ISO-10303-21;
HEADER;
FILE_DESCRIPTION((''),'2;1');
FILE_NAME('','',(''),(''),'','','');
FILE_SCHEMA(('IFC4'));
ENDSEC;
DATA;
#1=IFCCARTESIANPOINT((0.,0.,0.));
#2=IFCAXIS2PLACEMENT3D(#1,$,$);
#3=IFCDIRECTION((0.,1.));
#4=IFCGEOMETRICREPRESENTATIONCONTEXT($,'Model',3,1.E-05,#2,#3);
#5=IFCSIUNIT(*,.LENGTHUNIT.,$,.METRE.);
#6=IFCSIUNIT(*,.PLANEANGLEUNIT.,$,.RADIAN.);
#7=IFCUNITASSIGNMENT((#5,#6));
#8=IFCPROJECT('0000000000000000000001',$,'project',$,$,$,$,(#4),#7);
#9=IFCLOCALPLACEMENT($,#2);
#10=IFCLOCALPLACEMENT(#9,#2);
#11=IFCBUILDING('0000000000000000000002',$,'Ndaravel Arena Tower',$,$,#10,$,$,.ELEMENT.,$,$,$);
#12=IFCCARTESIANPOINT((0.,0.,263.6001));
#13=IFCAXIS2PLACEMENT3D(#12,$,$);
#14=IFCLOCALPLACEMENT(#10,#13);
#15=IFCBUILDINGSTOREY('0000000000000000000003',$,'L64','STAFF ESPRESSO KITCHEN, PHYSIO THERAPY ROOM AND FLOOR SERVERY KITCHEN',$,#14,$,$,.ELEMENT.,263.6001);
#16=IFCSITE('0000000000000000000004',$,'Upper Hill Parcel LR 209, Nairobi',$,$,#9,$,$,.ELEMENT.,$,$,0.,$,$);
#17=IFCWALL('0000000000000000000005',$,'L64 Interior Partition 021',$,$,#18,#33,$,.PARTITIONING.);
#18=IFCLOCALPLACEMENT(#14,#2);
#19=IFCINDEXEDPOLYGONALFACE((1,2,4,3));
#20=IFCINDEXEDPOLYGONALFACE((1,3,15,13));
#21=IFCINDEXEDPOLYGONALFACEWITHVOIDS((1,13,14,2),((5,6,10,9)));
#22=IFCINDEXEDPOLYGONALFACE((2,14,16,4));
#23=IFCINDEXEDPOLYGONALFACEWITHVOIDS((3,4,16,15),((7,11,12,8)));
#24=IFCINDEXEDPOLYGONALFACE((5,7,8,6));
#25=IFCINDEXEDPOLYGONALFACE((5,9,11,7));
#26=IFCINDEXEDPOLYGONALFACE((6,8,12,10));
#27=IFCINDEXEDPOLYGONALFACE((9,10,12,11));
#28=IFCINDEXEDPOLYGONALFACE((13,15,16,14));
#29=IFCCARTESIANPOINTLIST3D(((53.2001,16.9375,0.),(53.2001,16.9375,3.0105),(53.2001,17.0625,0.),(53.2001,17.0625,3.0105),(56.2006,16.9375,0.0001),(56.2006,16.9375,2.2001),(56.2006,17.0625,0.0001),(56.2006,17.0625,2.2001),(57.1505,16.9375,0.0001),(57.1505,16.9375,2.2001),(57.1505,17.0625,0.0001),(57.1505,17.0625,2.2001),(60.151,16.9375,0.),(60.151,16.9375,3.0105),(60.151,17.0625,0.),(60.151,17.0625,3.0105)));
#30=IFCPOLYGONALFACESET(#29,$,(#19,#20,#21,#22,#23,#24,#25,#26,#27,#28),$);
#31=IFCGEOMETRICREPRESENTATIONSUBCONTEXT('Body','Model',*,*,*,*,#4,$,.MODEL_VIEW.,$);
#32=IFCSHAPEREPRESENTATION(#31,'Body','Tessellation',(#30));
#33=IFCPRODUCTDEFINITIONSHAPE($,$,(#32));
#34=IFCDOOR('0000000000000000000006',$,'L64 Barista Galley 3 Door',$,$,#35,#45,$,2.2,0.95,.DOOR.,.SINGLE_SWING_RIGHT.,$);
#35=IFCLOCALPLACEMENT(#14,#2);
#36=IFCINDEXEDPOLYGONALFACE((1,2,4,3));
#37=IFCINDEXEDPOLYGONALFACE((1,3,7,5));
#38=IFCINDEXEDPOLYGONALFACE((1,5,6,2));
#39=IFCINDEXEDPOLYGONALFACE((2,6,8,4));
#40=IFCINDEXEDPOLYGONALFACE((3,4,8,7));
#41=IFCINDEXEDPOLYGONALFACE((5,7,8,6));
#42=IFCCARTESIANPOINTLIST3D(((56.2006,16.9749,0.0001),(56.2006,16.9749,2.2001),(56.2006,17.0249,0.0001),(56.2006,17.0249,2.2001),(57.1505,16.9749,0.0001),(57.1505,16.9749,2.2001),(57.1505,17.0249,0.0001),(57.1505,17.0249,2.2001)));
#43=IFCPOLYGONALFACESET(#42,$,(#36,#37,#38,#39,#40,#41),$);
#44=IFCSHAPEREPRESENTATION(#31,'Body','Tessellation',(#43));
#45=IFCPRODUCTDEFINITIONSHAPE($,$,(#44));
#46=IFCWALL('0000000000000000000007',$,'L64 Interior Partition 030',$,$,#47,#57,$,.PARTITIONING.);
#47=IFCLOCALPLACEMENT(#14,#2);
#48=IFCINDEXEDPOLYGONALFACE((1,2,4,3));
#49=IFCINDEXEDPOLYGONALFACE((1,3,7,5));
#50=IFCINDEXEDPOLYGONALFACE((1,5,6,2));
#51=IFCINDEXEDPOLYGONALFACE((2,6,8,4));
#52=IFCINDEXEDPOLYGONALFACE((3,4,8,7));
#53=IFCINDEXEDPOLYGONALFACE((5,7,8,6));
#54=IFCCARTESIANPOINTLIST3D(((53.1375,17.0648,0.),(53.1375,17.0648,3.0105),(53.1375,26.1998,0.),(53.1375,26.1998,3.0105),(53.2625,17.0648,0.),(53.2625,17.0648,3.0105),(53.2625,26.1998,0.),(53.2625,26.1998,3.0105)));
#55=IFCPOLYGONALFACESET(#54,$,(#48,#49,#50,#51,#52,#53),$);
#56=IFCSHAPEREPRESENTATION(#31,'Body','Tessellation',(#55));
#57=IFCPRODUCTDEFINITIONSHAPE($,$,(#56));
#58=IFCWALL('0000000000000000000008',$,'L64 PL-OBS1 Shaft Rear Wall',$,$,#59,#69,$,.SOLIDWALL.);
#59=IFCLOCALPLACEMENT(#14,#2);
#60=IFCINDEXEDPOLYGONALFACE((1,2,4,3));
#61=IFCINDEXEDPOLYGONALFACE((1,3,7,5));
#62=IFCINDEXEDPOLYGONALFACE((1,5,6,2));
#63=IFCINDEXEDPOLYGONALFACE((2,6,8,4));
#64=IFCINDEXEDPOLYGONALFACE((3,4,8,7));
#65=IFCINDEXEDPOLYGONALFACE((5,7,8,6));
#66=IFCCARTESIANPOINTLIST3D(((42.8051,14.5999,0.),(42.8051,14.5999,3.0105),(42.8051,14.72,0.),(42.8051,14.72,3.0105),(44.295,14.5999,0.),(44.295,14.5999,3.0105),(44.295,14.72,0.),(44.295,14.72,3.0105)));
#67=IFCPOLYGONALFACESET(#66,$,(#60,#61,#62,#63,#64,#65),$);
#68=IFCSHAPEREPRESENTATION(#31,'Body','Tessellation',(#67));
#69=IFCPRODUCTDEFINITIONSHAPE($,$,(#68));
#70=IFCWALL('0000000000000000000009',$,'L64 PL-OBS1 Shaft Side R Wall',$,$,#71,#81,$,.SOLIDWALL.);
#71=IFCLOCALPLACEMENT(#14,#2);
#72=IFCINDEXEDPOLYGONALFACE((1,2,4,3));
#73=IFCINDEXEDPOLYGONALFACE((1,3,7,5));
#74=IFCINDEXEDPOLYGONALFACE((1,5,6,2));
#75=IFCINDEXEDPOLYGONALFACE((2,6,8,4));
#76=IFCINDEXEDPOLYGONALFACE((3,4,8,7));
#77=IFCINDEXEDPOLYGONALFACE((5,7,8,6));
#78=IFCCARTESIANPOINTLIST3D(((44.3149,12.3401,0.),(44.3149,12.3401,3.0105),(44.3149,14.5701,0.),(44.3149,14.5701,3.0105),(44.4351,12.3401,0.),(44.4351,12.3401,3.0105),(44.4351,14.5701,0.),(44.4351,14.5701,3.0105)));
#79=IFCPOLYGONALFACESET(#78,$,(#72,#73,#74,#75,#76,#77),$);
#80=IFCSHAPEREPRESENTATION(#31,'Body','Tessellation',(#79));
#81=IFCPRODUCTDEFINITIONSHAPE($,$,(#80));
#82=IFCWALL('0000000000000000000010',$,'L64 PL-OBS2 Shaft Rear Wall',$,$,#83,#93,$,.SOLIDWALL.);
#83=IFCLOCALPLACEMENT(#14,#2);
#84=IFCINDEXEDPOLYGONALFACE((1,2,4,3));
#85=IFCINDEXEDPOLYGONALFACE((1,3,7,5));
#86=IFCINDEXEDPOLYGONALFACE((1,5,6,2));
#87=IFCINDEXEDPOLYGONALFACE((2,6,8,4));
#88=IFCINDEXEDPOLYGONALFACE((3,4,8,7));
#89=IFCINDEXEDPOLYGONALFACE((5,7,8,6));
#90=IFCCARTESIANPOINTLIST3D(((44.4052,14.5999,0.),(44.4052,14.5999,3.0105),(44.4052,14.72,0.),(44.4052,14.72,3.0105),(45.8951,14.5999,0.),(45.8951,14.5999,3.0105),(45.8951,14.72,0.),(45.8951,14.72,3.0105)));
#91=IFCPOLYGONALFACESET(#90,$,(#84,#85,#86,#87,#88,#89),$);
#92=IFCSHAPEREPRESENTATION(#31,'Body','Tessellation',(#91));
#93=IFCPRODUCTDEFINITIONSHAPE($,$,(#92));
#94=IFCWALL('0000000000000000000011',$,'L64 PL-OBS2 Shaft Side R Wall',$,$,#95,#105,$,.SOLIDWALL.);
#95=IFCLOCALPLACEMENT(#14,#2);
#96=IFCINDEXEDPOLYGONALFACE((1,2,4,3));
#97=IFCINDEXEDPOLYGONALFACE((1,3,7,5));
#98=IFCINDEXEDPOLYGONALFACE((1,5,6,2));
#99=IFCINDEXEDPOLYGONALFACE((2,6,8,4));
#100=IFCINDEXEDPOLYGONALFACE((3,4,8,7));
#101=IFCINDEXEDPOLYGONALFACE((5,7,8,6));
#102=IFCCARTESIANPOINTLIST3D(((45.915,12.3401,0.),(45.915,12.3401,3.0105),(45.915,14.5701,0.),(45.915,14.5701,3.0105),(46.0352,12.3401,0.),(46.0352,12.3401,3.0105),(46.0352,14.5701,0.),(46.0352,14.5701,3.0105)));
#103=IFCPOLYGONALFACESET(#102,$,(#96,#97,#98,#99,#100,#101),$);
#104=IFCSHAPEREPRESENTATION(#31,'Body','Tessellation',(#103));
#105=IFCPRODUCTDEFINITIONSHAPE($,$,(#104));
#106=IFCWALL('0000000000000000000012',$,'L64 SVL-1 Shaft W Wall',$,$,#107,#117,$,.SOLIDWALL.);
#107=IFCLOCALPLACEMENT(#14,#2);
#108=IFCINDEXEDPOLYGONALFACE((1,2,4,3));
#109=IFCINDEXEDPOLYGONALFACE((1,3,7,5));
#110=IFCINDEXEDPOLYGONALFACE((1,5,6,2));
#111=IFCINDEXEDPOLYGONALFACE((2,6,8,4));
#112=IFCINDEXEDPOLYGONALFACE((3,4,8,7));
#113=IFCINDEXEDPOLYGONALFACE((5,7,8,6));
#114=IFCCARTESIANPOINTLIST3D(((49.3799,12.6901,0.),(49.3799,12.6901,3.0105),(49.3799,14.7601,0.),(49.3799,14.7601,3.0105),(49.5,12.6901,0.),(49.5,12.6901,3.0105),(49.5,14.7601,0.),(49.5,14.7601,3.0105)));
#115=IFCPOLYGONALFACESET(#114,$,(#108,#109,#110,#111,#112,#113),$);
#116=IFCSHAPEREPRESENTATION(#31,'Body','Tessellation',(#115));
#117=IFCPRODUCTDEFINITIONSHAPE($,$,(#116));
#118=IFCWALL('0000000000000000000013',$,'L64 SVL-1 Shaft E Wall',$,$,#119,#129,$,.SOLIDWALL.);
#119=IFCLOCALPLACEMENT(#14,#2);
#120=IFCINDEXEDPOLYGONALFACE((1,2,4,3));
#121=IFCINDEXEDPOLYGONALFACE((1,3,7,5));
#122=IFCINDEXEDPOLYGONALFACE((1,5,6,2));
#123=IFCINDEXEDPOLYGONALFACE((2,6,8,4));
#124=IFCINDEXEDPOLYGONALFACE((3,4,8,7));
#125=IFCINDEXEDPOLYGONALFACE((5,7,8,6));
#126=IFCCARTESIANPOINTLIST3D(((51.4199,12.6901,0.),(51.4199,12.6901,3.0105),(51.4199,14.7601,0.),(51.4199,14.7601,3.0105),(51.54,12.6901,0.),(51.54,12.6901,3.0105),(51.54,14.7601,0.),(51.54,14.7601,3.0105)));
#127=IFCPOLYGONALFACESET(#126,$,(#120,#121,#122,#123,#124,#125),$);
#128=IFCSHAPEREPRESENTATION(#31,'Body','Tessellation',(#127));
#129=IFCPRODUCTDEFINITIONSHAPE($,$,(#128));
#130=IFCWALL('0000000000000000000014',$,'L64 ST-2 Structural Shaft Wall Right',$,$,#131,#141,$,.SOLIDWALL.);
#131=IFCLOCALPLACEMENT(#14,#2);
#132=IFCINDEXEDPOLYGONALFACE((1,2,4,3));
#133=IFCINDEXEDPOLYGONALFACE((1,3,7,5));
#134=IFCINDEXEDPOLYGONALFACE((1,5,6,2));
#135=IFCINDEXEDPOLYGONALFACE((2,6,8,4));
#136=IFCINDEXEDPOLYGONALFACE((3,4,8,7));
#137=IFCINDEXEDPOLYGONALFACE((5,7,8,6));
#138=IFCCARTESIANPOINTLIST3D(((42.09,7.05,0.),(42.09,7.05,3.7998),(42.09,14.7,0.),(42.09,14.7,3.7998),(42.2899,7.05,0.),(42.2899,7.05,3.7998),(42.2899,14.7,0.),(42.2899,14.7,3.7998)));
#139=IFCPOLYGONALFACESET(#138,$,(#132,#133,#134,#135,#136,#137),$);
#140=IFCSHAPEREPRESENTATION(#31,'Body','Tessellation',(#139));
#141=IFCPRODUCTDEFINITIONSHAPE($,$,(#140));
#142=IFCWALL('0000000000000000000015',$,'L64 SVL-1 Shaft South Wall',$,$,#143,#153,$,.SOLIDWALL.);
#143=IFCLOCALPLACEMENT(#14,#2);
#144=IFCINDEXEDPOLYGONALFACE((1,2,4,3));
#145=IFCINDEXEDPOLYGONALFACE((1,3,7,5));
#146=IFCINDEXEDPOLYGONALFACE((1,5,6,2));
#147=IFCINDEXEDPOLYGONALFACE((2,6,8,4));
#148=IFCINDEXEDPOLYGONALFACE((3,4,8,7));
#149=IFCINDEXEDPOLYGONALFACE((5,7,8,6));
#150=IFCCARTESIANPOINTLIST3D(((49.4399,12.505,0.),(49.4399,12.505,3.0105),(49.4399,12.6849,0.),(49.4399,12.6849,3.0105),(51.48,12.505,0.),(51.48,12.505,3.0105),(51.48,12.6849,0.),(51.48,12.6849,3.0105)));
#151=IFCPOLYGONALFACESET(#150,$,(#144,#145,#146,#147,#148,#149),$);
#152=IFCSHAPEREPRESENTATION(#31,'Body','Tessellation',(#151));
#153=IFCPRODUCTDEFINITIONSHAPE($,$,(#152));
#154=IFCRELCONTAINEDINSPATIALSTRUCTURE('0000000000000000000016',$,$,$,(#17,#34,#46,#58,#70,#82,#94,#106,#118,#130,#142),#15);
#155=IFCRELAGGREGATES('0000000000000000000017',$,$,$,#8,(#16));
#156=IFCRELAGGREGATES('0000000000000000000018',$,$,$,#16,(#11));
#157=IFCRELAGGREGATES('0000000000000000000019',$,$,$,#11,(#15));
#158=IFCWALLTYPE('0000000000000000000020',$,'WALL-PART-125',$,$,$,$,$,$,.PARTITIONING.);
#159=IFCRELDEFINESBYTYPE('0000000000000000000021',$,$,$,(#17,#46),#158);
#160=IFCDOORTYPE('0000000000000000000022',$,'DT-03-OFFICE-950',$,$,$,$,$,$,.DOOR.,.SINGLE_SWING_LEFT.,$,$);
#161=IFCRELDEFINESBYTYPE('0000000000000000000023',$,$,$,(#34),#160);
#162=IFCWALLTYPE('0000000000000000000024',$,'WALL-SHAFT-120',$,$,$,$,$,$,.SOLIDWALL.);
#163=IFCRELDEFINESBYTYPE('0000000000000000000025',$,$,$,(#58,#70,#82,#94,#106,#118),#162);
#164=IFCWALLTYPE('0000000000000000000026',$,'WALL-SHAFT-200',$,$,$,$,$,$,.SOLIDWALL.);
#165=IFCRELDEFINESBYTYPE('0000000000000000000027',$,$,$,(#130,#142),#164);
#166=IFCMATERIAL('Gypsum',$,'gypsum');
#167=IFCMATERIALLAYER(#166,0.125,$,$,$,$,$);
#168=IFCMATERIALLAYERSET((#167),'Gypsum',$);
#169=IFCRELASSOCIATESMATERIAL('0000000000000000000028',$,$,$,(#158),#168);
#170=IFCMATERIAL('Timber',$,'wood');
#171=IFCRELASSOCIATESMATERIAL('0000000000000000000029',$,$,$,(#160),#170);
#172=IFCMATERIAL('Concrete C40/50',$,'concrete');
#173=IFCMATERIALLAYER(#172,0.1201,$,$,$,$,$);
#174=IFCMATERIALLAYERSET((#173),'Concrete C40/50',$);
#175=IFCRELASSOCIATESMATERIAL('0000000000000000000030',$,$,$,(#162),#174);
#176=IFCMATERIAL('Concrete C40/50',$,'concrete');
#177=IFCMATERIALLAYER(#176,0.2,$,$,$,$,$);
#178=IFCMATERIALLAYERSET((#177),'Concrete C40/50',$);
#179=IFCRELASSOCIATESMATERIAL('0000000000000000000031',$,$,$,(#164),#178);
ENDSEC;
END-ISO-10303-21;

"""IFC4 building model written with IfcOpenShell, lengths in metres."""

from ifc_helpers import new_model, si_unit, direction, frame, frame_2d, origin, place, context, subcontext, project, spatial, rectangle, extrude, material, layer, layer_set, type_object, element, fill, save


model = new_model("IFC4")

# Units and contexts
model_context = context("Model", 3, precision=1e-05, world=origin(), true_north=direction((0.0, 1.0)))
body_context = subcontext(model_context, "Body", "Model", "MODEL_VIEW")
ifc_project = project(units=[si_unit("LENGTHUNIT", "METRE"), si_unit("PLANEANGLEUNIT", "RADIAN")], contexts=[model_context])

# Site, building, storey
site_placement = place(None, origin())
site = spatial("IfcSite", under=ifc_project, at=site_placement, Name="Upper Hill Parcel LR 209, Nairobi", CompositionType="ELEMENT", RefElevation=0.0)
building_placement = place(site_placement, origin())
building = spatial("IfcBuilding", under=site, at=building_placement, Name="Ndaravel Arena Tower", CompositionType="ELEMENT")
storey_placement = place(building_placement, frame((0.0, 0.0, 263.6001)))
storey = spatial("IfcBuildingStorey", under=building, at=storey_placement, Name="L64", Description="STAFF ESPRESSO KITCHEN, PHYSIO THERAPY ROOM AND FLOOR SERVERY KITCHEN", CompositionType="ELEMENT", Elevation=263.6001)

# Shared definitions
ifc_material_1 = material(Name="Gypsum", Category="gypsum")
ifc_layer_1 = layer(ifc_material_1, 0.125)
ifc_layer_set_1 = layer_set([ifc_layer_1], Name="Gypsum")
wall_type_1 = type_object("IfcWallType", Name="WALL-PART-125", PredefinedType="PARTITIONING", material=ifc_layer_set_1)
ifc_material_2 = material(Name="Timber", Category="wood")
door_type = type_object("IfcDoorType", Name="DT-03-OFFICE-950", OperationType="SINGLE_SWING_LEFT", PredefinedType="DOOR", material=ifc_material_2)

# Wall, opening, door
wall_1_placement = place(storey_placement, frame((53.2, 17.0, 0.0), z_axis=(0.0, 0.0, 1.0), x_axis=(1.0, 0.0, 0.0)))
wall_1 = element("IfcWall", 1, at=wall_1_placement, inside=storey, type_object=wall_type_1, Name="L64 Interior Partition 021", PredefinedType="PARTITIONING", context=body_context, shape_type="SweptSolid", body=[
    extrude(rectangle(XDim=6.9509, YDim=0.125, at=frame_2d((3.4756, 0.0))), origin(), (0.0, 0.0, 1.0), 3.0105),
])
opening_1_placement = place(wall_1_placement, frame((3.0005, 0.0, 0.0)))
opening_1 = element("IfcOpeningElement", 2, at=opening_1_placement, cuts=wall_1, PredefinedType="OPENING", context=body_context, shape_type="SweptSolid", body=[
    extrude(rectangle(XDim=0.95, YDim=2.2, at=frame_2d((0.4751, 1.1001))), frame((0.0, 0.0625, 0.0), z_axis=(0.0, -1.0, 0.0), x_axis=(1.0, 0.0, 0.0)), (0.0, 0.0, 1.0), 0.125),
])
door_1_placement = place(opening_1_placement, origin())
door_1 = element("IfcDoor", 3, at=door_1_placement, inside=storey, type_object=door_type, Name="L64 Barista Galley 3 Door", OperationType="SINGLE_SWING_RIGHT", OverallHeight=2.2, OverallWidth=0.95, PredefinedType="DOOR", context=body_context, shape_type="SweptSolid", body=[
    extrude(rectangle(XDim=0.95, YDim=2.2, at=frame_2d((0.4751, 1.1001))), frame((0.0, 0.0249, 0.0), z_axis=(0.0, -1.0, 0.0), x_axis=(1.0, 0.0, 0.0)), (0.0, 0.0, 1.0), 0.05),
])
fill(opening_1, door_1)

# Walls
wall_2_placement = place(storey_placement, frame((53.2, 17.0649, 0.0), z_axis=(0.0, 0.0, 1.0), x_axis=(0.0, 1.0, 0.0)))
element("IfcWall", 4, at=wall_2_placement, inside=storey, type_object=wall_type_1, Name="L64 Interior Partition 030", PredefinedType="PARTITIONING", context=body_context, shape_type="SweptSolid", body=[
    extrude(rectangle(XDim=9.135, YDim=0.125, at=frame_2d((4.5674, 0.0))), origin(), (0.0, 0.0, 1.0), 3.0105),
])
ifc_material_3 = material(Name="Concrete C40/50", Category="concrete")
ifc_layer_2 = layer(ifc_material_3, 0.1201)
ifc_layer_set_2 = layer_set([ifc_layer_2], Name="Concrete C40/50")
wall_type_2 = type_object("IfcWallType", Name="WALL-SHAFT-120", PredefinedType="SOLIDWALL", material=ifc_layer_set_2)
wall_3_placement = place(storey_placement, frame((42.8049, 14.6599, 0.0), z_axis=(0.0, 0.0, 1.0), x_axis=(1.0, 0.0, 0.0)))
element("IfcWall", 5, at=wall_3_placement, inside=storey, type_object=wall_type_2, Name="L64 PL-OBS1 Shaft Rear Wall", PredefinedType="SOLIDWALL", context=body_context, shape_type="SweptSolid", body=[
    extrude(rectangle(XDim=1.49, YDim=0.1201, at=frame_2d((0.7451, 0.0))), origin(), (0.0, 0.0, 1.0), 3.0105),
])
wall_4_placement = place(storey_placement, frame((44.375, 12.3401, 0.0), z_axis=(0.0, 0.0, 1.0), x_axis=(0.0, 1.0, 0.0)))
element("IfcWall", 6, at=wall_4_placement, inside=storey, type_object=wall_type_2, Name="L64 PL-OBS1 Shaft Side R Wall", PredefinedType="SOLIDWALL", context=body_context, shape_type="SweptSolid", body=[
    extrude(rectangle(XDim=2.23, YDim=0.1201, at=frame_2d((1.115, 0.0))), origin(), (0.0, 0.0, 1.0), 3.0105),
])
wall_5_placement = place(storey_placement, frame((44.405, 14.6599, 0.0), z_axis=(0.0, 0.0, 1.0), x_axis=(1.0, 0.0, 0.0)))
element("IfcWall", 7, at=wall_5_placement, inside=storey, type_object=wall_type_2, Name="L64 PL-OBS2 Shaft Rear Wall", PredefinedType="SOLIDWALL", context=body_context, shape_type="SweptSolid", body=[
    extrude(rectangle(XDim=1.49, YDim=0.1201, at=frame_2d((0.7451, 0.0))), origin(), (0.0, 0.0, 1.0), 3.0105),
])
wall_6_placement = place(storey_placement, frame((45.9751, 12.3401, 0.0), z_axis=(0.0, 0.0, 1.0), x_axis=(0.0, 1.0, 0.0)))
element("IfcWall", 8, at=wall_6_placement, inside=storey, type_object=wall_type_2, Name="L64 PL-OBS2 Shaft Side R Wall", PredefinedType="SOLIDWALL", context=body_context, shape_type="SweptSolid", body=[
    extrude(rectangle(XDim=2.23, YDim=0.1201, at=frame_2d((1.115, 0.0))), origin(), (0.0, 0.0, 1.0), 3.0105),
])
for number, where, z_axis, x_axis, name in (
    (9, (49.4399, 12.6899, 0.0), (0.0, 0.0, 1.0), (0.0, 1.0, 0.0), "L64 SVL-1 Shaft W Wall"),
    (10, (51.48, 12.6899, 0.0), (0.0, 0.0, 1.0), (0.0, 1.0, 0.0), "L64 SVL-1 Shaft E Wall"),
):
    element("IfcWall", number, at=place(storey_placement, frame(where, z_axis=z_axis, x_axis=x_axis)), inside=storey, type_object=wall_type_2, Name=name, PredefinedType="SOLIDWALL", context=body_context, shape_type="SweptSolid", body=[
        extrude(rectangle(XDim=2.0701, YDim=0.1201, at=frame_2d((1.0352, 0.0))), origin(), (0.0, 0.0, 1.0), 3.0105),
    ])
ifc_material_4 = material(Name="Concrete C40/50", Category="concrete")
ifc_layer_3 = layer(ifc_material_4, 0.2)
ifc_layer_set_3 = layer_set([ifc_layer_3], Name="Concrete C40/50")
wall_type_3 = type_object("IfcWallType", Name="WALL-SHAFT-200", PredefinedType="SOLIDWALL", material=ifc_layer_set_3)
wall_7_placement = place(storey_placement, frame((42.1899, 14.7, 0.0), z_axis=(0.0, 0.0, 1.0), x_axis=(0.0, -1.0, 0.0)))
element("IfcWall", 11, at=wall_7_placement, inside=storey, type_object=wall_type_3, Name="L64 ST-2 Structural Shaft Wall Right", PredefinedType="SOLIDWALL", context=body_context, shape_type="SweptSolid", body=[
    extrude(rectangle(XDim=7.6499, YDim=0.2, at=frame_2d((3.825, 0.0))), origin(), (0.0, 0.0, 1.0), 3.7998),
])
wall_8_placement = place(storey_placement, frame((49.4399, 12.595, 0.0), z_axis=(0.0, 0.0, 1.0), x_axis=(1.0, 0.0, 0.0)))
element("IfcWall", 12, at=wall_8_placement, inside=storey, type_object=wall_type_3, Name="L64 SVL-1 Shaft South Wall", PredefinedType="SOLIDWALL", context=body_context, shape_type="SweptSolid", body=[
    extrude(rectangle(XDim=2.04, YDim=0.1799, at=frame_2d((1.02, 0.0))), origin(), (0.0, 0.0, 1.0), 3.0105),
])

save(model, "model.ifc")
